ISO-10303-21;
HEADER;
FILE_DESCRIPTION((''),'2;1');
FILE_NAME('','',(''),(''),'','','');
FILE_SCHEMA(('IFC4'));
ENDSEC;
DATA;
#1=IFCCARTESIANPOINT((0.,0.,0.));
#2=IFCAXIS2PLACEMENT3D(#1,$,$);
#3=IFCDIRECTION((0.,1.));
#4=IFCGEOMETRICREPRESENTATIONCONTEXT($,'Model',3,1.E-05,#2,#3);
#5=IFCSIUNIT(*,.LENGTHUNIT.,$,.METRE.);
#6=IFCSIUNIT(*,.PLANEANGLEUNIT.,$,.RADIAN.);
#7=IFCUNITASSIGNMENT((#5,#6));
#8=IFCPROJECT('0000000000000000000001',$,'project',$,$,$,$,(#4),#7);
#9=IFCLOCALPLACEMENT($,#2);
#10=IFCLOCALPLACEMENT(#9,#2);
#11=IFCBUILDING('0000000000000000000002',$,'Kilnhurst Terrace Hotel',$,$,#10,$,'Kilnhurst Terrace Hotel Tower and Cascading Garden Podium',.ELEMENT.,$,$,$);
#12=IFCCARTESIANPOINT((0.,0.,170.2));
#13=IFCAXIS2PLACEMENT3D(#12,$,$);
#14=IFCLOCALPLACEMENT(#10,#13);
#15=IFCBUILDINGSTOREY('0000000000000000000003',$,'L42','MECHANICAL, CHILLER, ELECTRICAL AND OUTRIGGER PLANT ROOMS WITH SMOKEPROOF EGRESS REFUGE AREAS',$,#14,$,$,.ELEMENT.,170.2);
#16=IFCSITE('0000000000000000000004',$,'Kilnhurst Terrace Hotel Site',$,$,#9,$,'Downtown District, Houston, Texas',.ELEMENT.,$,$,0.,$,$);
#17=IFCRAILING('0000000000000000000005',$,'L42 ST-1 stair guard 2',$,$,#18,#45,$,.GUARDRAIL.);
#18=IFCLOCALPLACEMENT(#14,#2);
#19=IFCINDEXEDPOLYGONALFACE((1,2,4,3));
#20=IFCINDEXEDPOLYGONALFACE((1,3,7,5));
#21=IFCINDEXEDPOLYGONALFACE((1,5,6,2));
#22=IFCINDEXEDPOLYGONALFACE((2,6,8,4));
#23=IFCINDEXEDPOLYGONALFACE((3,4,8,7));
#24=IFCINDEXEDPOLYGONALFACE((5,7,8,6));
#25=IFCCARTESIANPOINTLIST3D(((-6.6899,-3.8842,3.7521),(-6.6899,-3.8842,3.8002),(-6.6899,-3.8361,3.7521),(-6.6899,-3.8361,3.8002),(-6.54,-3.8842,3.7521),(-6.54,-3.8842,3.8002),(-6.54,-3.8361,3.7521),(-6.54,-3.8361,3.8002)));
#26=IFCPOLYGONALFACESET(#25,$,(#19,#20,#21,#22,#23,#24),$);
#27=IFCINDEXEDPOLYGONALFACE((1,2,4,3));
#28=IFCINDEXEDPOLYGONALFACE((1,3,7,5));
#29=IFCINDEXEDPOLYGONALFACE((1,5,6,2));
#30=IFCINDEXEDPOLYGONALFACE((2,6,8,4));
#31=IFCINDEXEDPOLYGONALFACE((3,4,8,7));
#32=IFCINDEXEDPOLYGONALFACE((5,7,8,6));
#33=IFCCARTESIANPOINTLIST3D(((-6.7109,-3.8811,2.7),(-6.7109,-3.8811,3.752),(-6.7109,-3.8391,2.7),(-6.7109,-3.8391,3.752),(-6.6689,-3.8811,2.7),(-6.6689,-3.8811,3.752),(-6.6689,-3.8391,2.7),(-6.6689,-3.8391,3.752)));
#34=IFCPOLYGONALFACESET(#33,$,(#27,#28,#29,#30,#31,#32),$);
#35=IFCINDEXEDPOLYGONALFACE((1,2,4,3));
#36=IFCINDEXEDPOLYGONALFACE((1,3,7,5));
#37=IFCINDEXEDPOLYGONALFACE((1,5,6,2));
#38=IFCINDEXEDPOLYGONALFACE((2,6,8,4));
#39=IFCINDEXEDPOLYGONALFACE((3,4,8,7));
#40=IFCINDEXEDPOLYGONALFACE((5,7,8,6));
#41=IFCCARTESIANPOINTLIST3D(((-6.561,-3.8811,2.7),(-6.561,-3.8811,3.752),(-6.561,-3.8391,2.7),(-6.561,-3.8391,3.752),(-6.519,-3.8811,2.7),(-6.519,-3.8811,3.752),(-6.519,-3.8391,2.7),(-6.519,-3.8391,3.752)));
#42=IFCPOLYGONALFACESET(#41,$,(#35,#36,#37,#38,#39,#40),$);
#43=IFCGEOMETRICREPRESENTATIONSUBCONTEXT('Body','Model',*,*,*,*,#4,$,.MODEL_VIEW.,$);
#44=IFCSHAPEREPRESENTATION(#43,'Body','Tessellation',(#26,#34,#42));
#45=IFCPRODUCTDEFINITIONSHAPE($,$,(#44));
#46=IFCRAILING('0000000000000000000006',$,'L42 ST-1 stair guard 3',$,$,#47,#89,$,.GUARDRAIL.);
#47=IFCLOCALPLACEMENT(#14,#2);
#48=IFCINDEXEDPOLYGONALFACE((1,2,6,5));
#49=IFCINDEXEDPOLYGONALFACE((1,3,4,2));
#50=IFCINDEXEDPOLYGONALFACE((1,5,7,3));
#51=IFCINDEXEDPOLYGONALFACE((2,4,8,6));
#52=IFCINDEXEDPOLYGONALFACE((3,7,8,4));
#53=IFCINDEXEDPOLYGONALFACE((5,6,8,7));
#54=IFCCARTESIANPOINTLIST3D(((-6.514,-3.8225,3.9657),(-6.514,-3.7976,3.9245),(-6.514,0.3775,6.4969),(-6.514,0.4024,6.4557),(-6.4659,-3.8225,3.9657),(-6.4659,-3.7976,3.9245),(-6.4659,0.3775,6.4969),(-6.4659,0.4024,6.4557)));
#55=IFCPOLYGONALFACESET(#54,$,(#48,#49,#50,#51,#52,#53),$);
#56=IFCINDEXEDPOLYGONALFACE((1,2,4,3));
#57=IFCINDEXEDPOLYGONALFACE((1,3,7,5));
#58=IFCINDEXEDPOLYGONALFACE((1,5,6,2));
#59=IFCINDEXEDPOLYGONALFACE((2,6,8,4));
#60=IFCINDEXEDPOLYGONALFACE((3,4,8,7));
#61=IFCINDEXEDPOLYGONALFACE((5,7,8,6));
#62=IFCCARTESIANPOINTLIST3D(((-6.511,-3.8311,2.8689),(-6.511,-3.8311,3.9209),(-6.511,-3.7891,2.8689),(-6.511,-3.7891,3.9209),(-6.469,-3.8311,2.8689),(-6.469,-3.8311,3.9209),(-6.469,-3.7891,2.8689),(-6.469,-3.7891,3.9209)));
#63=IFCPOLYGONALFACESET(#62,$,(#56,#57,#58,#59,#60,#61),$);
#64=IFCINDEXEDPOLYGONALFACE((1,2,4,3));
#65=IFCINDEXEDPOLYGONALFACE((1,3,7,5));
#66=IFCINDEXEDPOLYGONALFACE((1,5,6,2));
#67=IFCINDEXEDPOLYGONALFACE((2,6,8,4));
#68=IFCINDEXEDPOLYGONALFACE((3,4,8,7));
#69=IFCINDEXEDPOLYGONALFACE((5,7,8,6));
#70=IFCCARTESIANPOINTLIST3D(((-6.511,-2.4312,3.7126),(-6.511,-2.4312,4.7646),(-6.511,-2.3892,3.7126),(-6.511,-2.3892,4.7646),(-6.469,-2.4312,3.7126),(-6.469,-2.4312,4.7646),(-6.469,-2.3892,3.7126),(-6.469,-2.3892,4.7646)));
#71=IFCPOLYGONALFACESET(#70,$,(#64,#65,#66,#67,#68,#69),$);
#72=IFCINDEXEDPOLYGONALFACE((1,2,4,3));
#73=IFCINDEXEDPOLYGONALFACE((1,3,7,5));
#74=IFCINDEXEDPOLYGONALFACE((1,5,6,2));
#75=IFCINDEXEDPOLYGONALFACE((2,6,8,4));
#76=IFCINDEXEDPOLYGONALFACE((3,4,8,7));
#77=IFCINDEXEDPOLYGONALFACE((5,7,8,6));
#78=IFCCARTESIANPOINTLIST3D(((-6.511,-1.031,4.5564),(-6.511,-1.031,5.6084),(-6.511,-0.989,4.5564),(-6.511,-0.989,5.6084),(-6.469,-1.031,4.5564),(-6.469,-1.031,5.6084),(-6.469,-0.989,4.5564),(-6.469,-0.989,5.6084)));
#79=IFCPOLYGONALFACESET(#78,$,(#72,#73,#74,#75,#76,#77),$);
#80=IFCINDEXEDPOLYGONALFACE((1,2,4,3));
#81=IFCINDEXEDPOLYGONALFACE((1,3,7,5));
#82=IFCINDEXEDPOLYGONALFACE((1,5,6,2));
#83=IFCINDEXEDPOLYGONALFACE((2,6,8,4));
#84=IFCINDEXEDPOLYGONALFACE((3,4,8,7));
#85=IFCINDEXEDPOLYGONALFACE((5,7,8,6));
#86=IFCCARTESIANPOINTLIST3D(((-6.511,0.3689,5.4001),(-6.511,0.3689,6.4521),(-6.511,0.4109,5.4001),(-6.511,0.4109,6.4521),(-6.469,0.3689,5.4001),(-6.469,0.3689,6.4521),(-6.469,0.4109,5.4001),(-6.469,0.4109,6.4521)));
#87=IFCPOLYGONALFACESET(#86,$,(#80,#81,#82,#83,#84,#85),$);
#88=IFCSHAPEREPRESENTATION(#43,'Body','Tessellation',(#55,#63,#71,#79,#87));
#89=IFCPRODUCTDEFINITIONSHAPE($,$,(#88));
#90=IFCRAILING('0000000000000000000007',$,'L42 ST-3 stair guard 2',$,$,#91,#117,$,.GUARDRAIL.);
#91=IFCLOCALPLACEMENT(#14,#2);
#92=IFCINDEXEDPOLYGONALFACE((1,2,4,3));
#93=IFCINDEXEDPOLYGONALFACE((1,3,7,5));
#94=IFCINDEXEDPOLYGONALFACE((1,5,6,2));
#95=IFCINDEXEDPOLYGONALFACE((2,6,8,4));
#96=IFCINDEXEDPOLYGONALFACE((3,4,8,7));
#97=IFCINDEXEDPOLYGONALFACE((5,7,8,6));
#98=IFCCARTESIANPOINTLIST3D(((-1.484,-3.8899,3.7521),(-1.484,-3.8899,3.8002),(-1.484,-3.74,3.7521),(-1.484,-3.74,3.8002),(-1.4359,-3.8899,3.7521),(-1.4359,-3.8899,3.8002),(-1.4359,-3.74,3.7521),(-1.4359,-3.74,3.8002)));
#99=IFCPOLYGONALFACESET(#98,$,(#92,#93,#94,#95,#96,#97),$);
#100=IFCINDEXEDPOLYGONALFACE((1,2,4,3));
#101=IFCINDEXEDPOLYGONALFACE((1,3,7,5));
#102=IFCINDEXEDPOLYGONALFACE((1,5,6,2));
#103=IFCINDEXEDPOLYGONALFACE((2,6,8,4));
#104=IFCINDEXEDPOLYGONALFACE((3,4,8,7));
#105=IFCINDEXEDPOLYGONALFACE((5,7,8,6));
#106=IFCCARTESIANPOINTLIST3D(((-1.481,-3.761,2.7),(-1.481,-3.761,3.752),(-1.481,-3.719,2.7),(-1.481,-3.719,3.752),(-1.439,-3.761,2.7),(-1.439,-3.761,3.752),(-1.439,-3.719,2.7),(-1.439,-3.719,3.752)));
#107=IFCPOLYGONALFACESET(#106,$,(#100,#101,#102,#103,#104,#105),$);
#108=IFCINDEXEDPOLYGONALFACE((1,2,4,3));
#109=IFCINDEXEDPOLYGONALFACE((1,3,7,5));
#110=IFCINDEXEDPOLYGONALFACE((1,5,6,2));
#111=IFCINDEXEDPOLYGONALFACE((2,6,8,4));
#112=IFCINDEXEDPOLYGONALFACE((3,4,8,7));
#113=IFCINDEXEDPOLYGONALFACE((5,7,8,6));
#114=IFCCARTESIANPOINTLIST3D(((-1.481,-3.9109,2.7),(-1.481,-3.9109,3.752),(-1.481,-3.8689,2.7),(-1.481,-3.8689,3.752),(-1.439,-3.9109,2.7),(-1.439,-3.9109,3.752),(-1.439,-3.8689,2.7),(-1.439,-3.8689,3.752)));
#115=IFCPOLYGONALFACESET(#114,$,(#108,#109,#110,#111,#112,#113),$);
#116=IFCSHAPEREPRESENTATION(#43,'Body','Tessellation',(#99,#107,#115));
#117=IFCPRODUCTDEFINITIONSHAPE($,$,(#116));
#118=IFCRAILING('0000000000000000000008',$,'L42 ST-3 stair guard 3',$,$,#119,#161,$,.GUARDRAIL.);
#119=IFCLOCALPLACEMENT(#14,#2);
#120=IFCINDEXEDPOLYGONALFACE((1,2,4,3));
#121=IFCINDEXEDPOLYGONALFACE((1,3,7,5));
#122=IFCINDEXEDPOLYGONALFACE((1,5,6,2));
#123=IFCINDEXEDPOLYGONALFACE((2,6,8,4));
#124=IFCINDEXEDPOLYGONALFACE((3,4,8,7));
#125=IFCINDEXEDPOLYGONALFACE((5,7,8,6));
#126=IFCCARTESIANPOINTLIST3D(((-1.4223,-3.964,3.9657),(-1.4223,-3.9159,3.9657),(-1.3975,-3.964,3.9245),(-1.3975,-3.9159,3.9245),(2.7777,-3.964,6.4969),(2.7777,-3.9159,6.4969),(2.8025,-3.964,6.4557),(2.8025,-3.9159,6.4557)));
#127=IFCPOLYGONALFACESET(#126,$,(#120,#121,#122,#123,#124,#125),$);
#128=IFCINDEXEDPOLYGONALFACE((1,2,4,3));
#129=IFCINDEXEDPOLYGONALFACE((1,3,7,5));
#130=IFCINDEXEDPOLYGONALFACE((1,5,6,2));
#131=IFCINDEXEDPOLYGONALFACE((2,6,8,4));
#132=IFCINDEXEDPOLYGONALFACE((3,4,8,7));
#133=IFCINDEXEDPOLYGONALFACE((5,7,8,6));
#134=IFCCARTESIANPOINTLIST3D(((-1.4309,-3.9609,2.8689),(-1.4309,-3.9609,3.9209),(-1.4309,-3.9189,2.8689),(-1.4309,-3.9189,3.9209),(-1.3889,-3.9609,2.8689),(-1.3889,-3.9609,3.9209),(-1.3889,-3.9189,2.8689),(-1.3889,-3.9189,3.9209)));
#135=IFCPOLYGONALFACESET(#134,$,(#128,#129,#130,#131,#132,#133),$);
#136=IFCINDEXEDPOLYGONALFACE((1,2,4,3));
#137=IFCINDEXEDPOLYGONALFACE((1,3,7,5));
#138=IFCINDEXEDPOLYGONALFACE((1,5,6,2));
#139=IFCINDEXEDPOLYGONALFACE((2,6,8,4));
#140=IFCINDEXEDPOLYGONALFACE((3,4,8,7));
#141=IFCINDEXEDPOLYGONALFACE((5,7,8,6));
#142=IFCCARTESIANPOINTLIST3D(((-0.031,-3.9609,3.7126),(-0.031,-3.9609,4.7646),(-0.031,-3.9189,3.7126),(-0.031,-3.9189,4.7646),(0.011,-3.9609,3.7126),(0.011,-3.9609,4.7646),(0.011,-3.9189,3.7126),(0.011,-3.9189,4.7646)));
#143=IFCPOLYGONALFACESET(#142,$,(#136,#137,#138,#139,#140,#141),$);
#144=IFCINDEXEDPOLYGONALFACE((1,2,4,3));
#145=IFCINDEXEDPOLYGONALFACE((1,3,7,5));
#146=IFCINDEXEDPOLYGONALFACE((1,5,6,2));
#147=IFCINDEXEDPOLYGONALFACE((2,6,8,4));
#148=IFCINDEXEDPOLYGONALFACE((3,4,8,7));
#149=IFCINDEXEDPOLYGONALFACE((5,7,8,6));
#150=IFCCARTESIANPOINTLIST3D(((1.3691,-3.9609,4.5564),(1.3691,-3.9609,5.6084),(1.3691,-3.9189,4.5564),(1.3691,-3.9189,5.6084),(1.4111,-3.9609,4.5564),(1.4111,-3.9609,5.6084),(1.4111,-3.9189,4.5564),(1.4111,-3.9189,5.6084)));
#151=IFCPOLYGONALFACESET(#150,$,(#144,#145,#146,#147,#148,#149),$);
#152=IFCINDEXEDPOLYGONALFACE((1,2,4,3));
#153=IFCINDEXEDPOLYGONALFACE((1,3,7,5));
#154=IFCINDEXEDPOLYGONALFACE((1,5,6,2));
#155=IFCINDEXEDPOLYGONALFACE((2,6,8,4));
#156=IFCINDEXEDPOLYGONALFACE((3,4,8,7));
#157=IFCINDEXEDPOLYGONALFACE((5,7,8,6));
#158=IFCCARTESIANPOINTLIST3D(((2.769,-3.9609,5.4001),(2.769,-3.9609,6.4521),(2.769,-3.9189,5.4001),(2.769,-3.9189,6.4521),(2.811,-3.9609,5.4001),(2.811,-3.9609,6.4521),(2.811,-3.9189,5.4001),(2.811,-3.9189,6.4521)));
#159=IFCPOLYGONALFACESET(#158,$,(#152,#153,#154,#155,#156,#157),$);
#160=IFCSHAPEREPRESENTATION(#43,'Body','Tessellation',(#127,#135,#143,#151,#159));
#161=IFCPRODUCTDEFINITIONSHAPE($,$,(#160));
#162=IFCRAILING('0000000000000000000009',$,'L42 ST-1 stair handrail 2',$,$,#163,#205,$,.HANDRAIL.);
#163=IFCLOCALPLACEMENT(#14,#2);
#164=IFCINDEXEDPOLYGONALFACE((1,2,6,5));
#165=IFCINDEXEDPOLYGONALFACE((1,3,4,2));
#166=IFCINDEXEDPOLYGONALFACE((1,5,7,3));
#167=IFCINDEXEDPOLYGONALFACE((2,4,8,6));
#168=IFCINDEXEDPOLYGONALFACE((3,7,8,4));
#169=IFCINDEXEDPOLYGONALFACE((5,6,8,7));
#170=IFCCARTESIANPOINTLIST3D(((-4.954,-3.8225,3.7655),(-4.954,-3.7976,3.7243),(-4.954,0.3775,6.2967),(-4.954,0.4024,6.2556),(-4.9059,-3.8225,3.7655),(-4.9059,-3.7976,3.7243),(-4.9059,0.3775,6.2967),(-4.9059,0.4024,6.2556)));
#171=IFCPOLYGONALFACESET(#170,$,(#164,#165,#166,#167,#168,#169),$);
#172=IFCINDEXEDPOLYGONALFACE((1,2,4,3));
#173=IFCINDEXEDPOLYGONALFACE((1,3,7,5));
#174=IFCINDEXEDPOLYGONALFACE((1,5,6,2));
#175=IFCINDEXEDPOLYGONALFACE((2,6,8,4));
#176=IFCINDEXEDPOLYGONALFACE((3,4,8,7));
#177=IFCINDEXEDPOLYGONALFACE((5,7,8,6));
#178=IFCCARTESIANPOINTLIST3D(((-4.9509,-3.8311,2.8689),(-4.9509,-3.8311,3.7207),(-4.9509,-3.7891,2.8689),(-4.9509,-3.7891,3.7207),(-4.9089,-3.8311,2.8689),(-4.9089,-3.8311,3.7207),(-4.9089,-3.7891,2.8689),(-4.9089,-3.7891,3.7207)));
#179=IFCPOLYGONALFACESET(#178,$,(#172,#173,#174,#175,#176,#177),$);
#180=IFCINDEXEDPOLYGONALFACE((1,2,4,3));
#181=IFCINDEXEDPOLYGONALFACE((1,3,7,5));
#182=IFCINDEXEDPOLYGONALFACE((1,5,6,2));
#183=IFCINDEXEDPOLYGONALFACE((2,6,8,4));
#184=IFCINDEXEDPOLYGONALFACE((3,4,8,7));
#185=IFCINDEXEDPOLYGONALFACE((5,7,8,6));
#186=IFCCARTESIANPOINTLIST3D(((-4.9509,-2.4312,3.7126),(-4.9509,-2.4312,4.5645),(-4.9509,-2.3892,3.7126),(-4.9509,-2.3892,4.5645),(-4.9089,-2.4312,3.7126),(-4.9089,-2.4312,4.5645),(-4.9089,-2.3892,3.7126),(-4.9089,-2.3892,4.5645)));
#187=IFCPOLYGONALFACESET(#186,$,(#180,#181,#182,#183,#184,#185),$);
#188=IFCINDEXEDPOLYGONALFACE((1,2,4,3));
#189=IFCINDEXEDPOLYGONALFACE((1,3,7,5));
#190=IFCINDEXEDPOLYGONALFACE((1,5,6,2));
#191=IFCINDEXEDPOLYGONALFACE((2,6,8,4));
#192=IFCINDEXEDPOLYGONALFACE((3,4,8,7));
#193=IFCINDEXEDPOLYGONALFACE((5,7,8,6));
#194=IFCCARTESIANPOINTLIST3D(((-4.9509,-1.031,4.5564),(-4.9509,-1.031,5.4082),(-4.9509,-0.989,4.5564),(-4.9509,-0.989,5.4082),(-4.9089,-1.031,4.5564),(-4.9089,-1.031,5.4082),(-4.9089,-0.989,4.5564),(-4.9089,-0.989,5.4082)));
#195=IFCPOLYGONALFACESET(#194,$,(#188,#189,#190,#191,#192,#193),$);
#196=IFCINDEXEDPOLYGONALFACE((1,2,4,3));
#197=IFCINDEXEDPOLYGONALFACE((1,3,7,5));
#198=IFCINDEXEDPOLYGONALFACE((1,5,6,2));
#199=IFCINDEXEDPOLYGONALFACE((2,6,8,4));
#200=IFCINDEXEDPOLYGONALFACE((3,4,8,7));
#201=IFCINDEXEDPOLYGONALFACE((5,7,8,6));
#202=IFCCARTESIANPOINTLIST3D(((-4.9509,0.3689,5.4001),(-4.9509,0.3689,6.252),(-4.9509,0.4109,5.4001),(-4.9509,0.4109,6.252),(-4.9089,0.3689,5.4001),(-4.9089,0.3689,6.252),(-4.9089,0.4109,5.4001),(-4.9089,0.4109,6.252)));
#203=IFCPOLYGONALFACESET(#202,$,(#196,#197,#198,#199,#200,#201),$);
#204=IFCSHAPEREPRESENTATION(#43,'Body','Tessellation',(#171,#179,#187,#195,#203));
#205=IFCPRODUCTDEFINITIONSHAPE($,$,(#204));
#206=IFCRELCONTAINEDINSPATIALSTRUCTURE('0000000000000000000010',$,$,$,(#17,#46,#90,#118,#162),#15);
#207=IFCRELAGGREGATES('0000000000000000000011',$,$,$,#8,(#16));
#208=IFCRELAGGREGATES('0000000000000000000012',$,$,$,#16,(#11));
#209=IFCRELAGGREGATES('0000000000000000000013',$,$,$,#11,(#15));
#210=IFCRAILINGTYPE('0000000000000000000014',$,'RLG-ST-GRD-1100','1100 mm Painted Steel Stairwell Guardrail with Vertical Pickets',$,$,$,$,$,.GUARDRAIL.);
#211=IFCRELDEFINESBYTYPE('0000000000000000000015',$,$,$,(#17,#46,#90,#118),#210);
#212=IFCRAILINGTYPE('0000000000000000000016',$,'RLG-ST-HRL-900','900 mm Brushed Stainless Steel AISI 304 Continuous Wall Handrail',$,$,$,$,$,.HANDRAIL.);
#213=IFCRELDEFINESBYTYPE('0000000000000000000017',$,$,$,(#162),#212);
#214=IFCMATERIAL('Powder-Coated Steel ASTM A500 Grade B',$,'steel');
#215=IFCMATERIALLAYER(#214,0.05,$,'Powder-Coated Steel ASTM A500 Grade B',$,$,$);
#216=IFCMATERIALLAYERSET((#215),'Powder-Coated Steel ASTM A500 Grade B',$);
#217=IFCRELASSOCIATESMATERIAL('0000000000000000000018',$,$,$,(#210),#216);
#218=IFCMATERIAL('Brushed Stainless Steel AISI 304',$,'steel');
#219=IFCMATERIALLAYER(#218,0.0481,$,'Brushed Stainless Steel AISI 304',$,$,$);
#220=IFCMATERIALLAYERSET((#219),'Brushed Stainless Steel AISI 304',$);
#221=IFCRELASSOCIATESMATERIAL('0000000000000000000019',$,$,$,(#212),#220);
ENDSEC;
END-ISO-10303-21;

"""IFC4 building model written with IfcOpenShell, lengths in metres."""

from ifc_helpers import new_model, si_unit, direction, frame, origin, origin_2d, place, context, subcontext, project, spatial, rectangle, extrude, material, layer, layer_set, type_object, element, save


model = new_model("IFC4")

# Units and contexts
model_context = context("Model", 3, precision=1e-05, world=origin(), true_north=direction((0.0, 1.0)))
body_context = subcontext(model_context, "Body", "Model", "MODEL_VIEW")
ifc_project = project(units=[si_unit("LENGTHUNIT", "METRE"), si_unit("PLANEANGLEUNIT", "RADIAN")], contexts=[model_context])

# Site, building, storey
site_placement = place(None, origin())
site = spatial("IfcSite", under=ifc_project, at=site_placement, Name="Kilnhurst Terrace Hotel Site", LongName="Downtown District, Houston, Texas", CompositionType="ELEMENT", RefElevation=0.0)
building_placement = place(site_placement, origin())
building = spatial("IfcBuilding", under=site, at=building_placement, Name="Kilnhurst Terrace Hotel", LongName="Kilnhurst Terrace Hotel Tower and Cascading Garden Podium", CompositionType="ELEMENT")
storey_placement = place(building_placement, frame((0.0, 0.0, 170.2)))
storey = spatial("IfcBuildingStorey", under=building, at=storey_placement, Name="L42", Description="MECHANICAL, CHILLER, ELECTRICAL AND OUTRIGGER PLANT ROOMS WITH SMOKEPROOF EGRESS REFUGE AREAS", CompositionType="ELEMENT", Elevation=170.2)

# Railings
ifc_material_1 = material(Name="Powder-Coated Steel ASTM A500 Grade B", Category="steel")
ifc_layer_1 = layer(ifc_material_1, 0.05, Name="Powder-Coated Steel ASTM A500 Grade B")
ifc_layer_set_1 = layer_set([ifc_layer_1], Name="Powder-Coated Steel ASTM A500 Grade B")
railing_type_1 = type_object("IfcRailingType", Name="RLG-ST-GRD-1100", Description="1100 mm Painted Steel Stairwell Guardrail with Vertical Pickets", PredefinedType="GUARDRAIL", material=ifc_layer_set_1)
railing_1_placement = place(storey_placement, frame((-6.6899, -3.8601, 2.7)))
element("IfcRailing", 1, at=railing_1_placement, inside=storey, type_object=railing_type_1, Name="L42 ST-1 stair guard 2", PredefinedType="GUARDRAIL", context=body_context, shape_type="SweptSolid", body=[
    extrude(rectangle(XDim=0.0481, YDim=0.0481, at=origin_2d()), frame((0.0, 0.0, 1.0762), z_axis=(1.0, 0.0, 0.0), x_axis=(0.0, 1.0, 0.0)), (0.0, 0.0, 1.0), 0.1499),
    extrude(rectangle(XDim=0.042, YDim=0.042, at=origin_2d()), origin(), (0.0, 0.0, 1.0), 1.052),
    extrude(rectangle(XDim=0.042, YDim=0.042, at=origin_2d()), frame((0.1499, 0.0, 0.0)), (0.0, 0.0, 1.0), 1.052),
])
railing_2_placement = place(storey_placement, frame((-6.49, -3.8101, 2.8689)))
element("IfcRailing", 2, at=railing_2_placement, inside=storey, type_object=railing_type_1, Name="L42 ST-1 stair guard 3", PredefinedType="GUARDRAIL", context=body_context, shape_type="SweptSolid", body=[
    extrude(rectangle(XDim=0.0481, YDim=0.0481, at=origin_2d()), frame((0.0, 0.0, 1.0762), z_axis=(0.0, 0.856476, 0.516186), x_axis=(-1.0, 0.0, 0.0)), (0.0, 0.0, 1.0), 4.9038),
    extrude(rectangle(XDim=0.042, YDim=0.042, at=origin_2d()), origin(), (0.0, 0.0, 1.0), 1.052),
    extrude(rectangle(XDim=0.042, YDim=0.042, at=origin_2d()), frame((0.0, 1.3999, 0.8438)), (0.0, 0.0, 1.0), 1.052),
    extrude(rectangle(XDim=0.042, YDim=0.042, at=origin_2d()), frame((0.0, 2.8, 1.6875)), (0.0, 0.0, 1.0), 1.052),
    extrude(rectangle(XDim=0.042, YDim=0.042, at=origin_2d()), frame((0.0, 4.2, 2.5312)), (0.0, 0.0, 1.0), 1.052),
])
railing_3_placement = place(storey_placement, frame((-1.46, -3.74, 2.7)))
element("IfcRailing", 3, at=railing_3_placement, inside=storey, type_object=railing_type_1, Name="L42 ST-3 stair guard 2", PredefinedType="GUARDRAIL", context=body_context, shape_type="SweptSolid", body=[
    extrude(rectangle(XDim=0.0481, YDim=0.0481, at=origin_2d()), frame((0.0, 0.0, 1.0762), z_axis=(0.0, -1.0, 0.0), x_axis=(1.0, 0.0, 0.0)), (0.0, 0.0, 1.0), 0.1499),
    extrude(rectangle(XDim=0.042, YDim=0.042, at=origin_2d()), origin(), (0.0, 0.0, 1.0), 1.052),
    extrude(rectangle(XDim=0.042, YDim=0.042, at=origin_2d()), frame((0.0, -0.1499, 0.0)), (0.0, 0.0, 1.0), 1.052),
])
railing_4_placement = place(storey_placement, frame((-1.4099, -3.9399, 2.8689)))
element("IfcRailing", 4, at=railing_4_placement, inside=storey, type_object=railing_type_1, Name="L42 ST-3 stair guard 3", PredefinedType="GUARDRAIL", context=body_context, shape_type="SweptSolid", body=[
    extrude(rectangle(XDim=0.0481, YDim=0.0481, at=origin_2d()), frame((0.0, 0.0, 1.0762), z_axis=(0.856476, 0.0, 0.516186), x_axis=(0.0, 1.0, 0.0)), (0.0, 0.0, 1.0), 4.9038),
    extrude(rectangle(XDim=0.042, YDim=0.042, at=origin_2d()), origin(), (0.0, 0.0, 1.0), 1.052),
    extrude(rectangle(XDim=0.042, YDim=0.042, at=origin_2d()), frame((1.3999, 0.0, 0.8438)), (0.0, 0.0, 1.0), 1.052),
    extrude(rectangle(XDim=0.042, YDim=0.042, at=origin_2d()), frame((2.8, 0.0, 1.6875)), (0.0, 0.0, 1.0), 1.052),
    extrude(rectangle(XDim=0.042, YDim=0.042, at=origin_2d()), frame((4.2, 0.0, 2.5312)), (0.0, 0.0, 1.0), 1.052),
])
ifc_material_2 = material(Name="Brushed Stainless Steel AISI 304", Category="steel")
ifc_layer_2 = layer(ifc_material_2, 0.0481, Name="Brushed Stainless Steel AISI 304")
ifc_layer_set_2 = layer_set([ifc_layer_2], Name="Brushed Stainless Steel AISI 304")
railing_type_2 = type_object("IfcRailingType", Name="RLG-ST-HRL-900", Description="900 mm Brushed Stainless Steel AISI 304 Continuous Wall Handrail", PredefinedType="HANDRAIL", material=ifc_layer_set_2)
railing_5_placement = place(storey_placement, frame((-4.9299, -3.8101, 2.8689)))
element("IfcRailing", 5, at=railing_5_placement, inside=storey, type_object=railing_type_2, Name="L42 ST-1 stair handrail 2", PredefinedType="HANDRAIL", context=body_context, shape_type="SweptSolid", body=[
    extrude(rectangle(XDim=0.0481, YDim=0.0481, at=origin_2d()), frame((0.0, 0.0, 0.876), z_axis=(0.0, 0.856476, 0.516186), x_axis=(-1.0, 0.0, 0.0)), (0.0, 0.0, 1.0), 4.9038),
    extrude(rectangle(XDim=0.042, YDim=0.042, at=origin_2d()), origin(), (0.0, 0.0, 1.0), 0.8518),
    extrude(rectangle(XDim=0.042, YDim=0.042, at=origin_2d()), frame((0.0, 1.3999, 0.8438)), (0.0, 0.0, 1.0), 0.8518),
    extrude(rectangle(XDim=0.042, YDim=0.042, at=origin_2d()), frame((0.0, 2.8, 1.6875)), (0.0, 0.0, 1.0), 0.8518),
    extrude(rectangle(XDim=0.042, YDim=0.042, at=origin_2d()), frame((0.0, 4.2, 2.5312)), (0.0, 0.0, 1.0), 0.8518),
])

save(model, "model.ifc")
